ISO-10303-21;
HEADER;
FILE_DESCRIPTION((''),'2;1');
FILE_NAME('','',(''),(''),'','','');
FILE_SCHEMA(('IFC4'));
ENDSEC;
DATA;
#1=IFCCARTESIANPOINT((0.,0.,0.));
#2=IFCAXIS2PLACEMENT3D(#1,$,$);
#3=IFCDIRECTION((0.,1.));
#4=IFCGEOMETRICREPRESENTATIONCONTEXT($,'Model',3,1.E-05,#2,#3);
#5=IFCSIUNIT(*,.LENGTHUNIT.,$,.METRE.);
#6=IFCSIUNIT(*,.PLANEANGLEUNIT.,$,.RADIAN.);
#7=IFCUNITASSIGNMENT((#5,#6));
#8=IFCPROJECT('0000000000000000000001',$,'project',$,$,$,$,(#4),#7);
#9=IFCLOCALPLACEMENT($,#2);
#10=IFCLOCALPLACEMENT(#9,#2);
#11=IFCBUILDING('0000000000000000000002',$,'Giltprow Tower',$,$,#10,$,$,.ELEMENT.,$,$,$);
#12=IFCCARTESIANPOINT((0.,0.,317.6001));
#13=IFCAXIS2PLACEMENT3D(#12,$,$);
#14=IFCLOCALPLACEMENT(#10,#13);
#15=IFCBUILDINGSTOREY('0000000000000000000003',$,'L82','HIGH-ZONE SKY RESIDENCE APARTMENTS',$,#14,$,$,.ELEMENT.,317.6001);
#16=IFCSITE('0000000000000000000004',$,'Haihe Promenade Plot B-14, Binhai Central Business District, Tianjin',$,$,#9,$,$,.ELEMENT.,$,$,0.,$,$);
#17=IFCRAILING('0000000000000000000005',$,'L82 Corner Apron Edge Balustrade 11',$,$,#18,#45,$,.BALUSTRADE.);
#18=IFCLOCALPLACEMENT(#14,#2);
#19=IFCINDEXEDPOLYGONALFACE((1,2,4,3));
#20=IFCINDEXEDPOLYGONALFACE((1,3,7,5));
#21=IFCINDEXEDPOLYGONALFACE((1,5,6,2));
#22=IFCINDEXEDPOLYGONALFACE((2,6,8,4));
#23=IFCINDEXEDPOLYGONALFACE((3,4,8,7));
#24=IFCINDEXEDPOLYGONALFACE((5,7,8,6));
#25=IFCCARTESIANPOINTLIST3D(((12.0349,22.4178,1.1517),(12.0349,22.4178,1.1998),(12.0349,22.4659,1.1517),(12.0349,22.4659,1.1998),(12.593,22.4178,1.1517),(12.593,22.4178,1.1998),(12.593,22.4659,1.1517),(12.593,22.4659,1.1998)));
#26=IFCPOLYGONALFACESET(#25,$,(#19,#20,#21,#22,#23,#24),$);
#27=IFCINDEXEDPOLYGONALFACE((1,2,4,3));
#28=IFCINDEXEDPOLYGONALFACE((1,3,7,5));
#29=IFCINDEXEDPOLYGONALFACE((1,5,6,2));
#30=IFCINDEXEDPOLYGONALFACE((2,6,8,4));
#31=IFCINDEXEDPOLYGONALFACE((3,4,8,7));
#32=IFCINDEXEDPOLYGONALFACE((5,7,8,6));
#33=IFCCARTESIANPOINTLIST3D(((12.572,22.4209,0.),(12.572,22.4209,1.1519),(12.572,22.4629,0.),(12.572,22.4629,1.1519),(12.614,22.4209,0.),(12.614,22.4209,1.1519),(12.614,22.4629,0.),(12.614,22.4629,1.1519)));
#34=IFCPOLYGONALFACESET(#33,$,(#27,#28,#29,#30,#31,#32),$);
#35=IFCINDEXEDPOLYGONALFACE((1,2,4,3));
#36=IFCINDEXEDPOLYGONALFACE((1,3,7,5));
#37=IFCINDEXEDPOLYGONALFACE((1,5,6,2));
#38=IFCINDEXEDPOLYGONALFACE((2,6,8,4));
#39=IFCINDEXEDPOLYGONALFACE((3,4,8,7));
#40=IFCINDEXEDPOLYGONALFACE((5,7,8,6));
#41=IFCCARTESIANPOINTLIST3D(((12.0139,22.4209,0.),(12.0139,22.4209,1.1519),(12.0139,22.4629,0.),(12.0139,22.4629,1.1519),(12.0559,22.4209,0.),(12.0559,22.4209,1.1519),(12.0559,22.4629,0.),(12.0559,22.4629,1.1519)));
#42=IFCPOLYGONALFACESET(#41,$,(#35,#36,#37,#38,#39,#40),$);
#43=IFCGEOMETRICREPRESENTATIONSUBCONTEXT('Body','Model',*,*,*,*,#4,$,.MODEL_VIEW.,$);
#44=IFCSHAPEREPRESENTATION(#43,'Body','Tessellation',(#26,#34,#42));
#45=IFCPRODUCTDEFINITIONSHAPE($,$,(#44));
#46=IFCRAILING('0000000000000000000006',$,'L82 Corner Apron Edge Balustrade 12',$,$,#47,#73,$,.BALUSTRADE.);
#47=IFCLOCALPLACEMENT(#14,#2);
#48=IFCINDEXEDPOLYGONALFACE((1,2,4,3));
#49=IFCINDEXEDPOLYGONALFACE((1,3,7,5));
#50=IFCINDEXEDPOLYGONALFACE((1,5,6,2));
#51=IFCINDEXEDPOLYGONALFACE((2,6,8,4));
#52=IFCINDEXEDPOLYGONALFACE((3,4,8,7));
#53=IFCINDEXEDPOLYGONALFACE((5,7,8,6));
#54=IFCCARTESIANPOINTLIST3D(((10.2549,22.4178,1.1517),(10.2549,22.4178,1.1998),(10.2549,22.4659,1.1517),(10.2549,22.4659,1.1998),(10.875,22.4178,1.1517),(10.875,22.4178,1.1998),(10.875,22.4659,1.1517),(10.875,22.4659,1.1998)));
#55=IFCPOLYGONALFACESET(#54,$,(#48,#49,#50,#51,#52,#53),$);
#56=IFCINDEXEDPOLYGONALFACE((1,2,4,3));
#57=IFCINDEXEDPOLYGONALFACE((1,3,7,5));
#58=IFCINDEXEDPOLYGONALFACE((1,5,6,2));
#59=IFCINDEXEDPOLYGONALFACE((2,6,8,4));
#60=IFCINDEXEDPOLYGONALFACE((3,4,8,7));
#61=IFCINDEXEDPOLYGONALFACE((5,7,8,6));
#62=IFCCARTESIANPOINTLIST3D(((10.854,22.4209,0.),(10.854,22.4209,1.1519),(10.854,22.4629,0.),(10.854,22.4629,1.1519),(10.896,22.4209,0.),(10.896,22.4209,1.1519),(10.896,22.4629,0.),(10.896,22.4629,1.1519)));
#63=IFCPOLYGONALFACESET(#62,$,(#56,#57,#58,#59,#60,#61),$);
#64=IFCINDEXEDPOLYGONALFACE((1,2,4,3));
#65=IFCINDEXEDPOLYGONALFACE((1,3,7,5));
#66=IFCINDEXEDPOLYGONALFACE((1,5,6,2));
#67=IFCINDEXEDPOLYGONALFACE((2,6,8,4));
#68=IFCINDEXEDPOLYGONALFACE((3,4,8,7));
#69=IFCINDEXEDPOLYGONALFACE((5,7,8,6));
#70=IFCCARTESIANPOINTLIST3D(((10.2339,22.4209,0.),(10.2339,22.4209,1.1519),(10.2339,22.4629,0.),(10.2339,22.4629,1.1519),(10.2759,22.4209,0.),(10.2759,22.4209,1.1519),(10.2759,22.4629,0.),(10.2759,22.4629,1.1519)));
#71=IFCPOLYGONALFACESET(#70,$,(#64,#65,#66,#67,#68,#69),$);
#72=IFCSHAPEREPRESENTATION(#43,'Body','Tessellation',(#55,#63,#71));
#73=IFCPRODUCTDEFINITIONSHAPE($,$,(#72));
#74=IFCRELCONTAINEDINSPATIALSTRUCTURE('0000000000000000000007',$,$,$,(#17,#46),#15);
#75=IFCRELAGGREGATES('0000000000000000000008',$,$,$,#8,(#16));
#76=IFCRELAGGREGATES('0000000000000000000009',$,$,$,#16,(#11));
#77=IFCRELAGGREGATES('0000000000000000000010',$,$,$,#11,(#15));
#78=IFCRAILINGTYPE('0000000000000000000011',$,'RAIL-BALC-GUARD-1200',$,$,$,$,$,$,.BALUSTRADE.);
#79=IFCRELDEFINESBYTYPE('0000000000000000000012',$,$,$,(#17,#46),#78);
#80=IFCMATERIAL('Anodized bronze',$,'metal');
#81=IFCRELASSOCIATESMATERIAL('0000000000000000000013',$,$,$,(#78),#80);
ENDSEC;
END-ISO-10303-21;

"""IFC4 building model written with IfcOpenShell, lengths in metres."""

from ifc_helpers import new_model, si_unit, direction, frame, origin, origin_2d, place, context, subcontext, project, spatial, rectangle, extrude, material, type_object, element, save


model = new_model("IFC4")

# Units and contexts
model_context = context("Model", 3, precision=1e-05, world=origin(), true_north=direction((0.0, 1.0)))
body_context = subcontext(model_context, "Body", "Model", "MODEL_VIEW")
ifc_project = project(units=[si_unit("LENGTHUNIT", "METRE"), si_unit("PLANEANGLEUNIT", "RADIAN")], contexts=[model_context])

# Site, building, storey
site_placement = place(None, origin())
site = spatial("IfcSite", under=ifc_project, at=site_placement, Name="Haihe Promenade Plot B-14, Binhai Central Business District, Tianjin", CompositionType="ELEMENT", RefElevation=0.0)
building_placement = place(site_placement, origin())
building = spatial("IfcBuilding", under=site, at=building_placement, Name="Giltprow Tower", CompositionType="ELEMENT")
storey_placement = place(building_placement, frame((0.0, 0.0, 317.6001)))
storey = spatial("IfcBuildingStorey", under=building, at=storey_placement, Name="L82", Description="HIGH-ZONE SKY RESIDENCE APARTMENTS", CompositionType="ELEMENT", Elevation=317.6001)

# Railings
ifc_material_1 = material(Name="Anodized bronze", Category="metal")
railing_type = type_object("IfcRailingType", Name="RAIL-BALC-GUARD-1200", PredefinedType="BALUSTRADE", material=ifc_material_1)
railing_1_placement = place(storey_placement, frame((12.593, 22.4419, 0.0)))
element("IfcRailing", 1, at=railing_1_placement, inside=storey, type_object=railing_type, Name="L82 Corner Apron Edge Balustrade 11", PredefinedType="BALUSTRADE", context=body_context, shape_type="SweptSolid", body=[
    extrude(rectangle(XDim=0.0481, YDim=0.0481, at=origin_2d()), frame((0.0, 0.0, 1.1758), z_axis=(-1.0, 0.0, 0.0), x_axis=(0.0, -1.0, 0.0)), (0.0, 0.0, 1.0), 0.5581),
    extrude(rectangle(XDim=0.042, YDim=0.042, at=origin_2d()), origin(), (0.0, 0.0, 1.0), 1.1519),
    extrude(rectangle(XDim=0.042, YDim=0.042, at=origin_2d()), frame((-0.5581, 0.0, 0.0)), (0.0, 0.0, 1.0), 1.1519),
])
railing_2_placement = place(storey_placement, frame((10.875, 22.4419, 0.0)))
element("IfcRailing", 2, at=railing_2_placement, inside=storey, type_object=railing_type, Name="L82 Corner Apron Edge Balustrade 12", PredefinedType="BALUSTRADE", context=body_context, shape_type="SweptSolid", body=[
    extrude(rectangle(XDim=0.0481, YDim=0.0481, at=origin_2d()), frame((0.0, 0.0, 1.1758), z_axis=(-1.0, 0.0, 0.0), x_axis=(0.0, -1.0, 0.0)), (0.0, 0.0, 1.0), 0.6201),
    extrude(rectangle(XDim=0.042, YDim=0.042, at=origin_2d()), origin(), (0.0, 0.0, 1.0), 1.1519),
    extrude(rectangle(XDim=0.042, YDim=0.042, at=origin_2d()), frame((-0.6201, 0.0, 0.0)), (0.0, 0.0, 1.0), 1.1519),
])

save(model, "model.ifc")
